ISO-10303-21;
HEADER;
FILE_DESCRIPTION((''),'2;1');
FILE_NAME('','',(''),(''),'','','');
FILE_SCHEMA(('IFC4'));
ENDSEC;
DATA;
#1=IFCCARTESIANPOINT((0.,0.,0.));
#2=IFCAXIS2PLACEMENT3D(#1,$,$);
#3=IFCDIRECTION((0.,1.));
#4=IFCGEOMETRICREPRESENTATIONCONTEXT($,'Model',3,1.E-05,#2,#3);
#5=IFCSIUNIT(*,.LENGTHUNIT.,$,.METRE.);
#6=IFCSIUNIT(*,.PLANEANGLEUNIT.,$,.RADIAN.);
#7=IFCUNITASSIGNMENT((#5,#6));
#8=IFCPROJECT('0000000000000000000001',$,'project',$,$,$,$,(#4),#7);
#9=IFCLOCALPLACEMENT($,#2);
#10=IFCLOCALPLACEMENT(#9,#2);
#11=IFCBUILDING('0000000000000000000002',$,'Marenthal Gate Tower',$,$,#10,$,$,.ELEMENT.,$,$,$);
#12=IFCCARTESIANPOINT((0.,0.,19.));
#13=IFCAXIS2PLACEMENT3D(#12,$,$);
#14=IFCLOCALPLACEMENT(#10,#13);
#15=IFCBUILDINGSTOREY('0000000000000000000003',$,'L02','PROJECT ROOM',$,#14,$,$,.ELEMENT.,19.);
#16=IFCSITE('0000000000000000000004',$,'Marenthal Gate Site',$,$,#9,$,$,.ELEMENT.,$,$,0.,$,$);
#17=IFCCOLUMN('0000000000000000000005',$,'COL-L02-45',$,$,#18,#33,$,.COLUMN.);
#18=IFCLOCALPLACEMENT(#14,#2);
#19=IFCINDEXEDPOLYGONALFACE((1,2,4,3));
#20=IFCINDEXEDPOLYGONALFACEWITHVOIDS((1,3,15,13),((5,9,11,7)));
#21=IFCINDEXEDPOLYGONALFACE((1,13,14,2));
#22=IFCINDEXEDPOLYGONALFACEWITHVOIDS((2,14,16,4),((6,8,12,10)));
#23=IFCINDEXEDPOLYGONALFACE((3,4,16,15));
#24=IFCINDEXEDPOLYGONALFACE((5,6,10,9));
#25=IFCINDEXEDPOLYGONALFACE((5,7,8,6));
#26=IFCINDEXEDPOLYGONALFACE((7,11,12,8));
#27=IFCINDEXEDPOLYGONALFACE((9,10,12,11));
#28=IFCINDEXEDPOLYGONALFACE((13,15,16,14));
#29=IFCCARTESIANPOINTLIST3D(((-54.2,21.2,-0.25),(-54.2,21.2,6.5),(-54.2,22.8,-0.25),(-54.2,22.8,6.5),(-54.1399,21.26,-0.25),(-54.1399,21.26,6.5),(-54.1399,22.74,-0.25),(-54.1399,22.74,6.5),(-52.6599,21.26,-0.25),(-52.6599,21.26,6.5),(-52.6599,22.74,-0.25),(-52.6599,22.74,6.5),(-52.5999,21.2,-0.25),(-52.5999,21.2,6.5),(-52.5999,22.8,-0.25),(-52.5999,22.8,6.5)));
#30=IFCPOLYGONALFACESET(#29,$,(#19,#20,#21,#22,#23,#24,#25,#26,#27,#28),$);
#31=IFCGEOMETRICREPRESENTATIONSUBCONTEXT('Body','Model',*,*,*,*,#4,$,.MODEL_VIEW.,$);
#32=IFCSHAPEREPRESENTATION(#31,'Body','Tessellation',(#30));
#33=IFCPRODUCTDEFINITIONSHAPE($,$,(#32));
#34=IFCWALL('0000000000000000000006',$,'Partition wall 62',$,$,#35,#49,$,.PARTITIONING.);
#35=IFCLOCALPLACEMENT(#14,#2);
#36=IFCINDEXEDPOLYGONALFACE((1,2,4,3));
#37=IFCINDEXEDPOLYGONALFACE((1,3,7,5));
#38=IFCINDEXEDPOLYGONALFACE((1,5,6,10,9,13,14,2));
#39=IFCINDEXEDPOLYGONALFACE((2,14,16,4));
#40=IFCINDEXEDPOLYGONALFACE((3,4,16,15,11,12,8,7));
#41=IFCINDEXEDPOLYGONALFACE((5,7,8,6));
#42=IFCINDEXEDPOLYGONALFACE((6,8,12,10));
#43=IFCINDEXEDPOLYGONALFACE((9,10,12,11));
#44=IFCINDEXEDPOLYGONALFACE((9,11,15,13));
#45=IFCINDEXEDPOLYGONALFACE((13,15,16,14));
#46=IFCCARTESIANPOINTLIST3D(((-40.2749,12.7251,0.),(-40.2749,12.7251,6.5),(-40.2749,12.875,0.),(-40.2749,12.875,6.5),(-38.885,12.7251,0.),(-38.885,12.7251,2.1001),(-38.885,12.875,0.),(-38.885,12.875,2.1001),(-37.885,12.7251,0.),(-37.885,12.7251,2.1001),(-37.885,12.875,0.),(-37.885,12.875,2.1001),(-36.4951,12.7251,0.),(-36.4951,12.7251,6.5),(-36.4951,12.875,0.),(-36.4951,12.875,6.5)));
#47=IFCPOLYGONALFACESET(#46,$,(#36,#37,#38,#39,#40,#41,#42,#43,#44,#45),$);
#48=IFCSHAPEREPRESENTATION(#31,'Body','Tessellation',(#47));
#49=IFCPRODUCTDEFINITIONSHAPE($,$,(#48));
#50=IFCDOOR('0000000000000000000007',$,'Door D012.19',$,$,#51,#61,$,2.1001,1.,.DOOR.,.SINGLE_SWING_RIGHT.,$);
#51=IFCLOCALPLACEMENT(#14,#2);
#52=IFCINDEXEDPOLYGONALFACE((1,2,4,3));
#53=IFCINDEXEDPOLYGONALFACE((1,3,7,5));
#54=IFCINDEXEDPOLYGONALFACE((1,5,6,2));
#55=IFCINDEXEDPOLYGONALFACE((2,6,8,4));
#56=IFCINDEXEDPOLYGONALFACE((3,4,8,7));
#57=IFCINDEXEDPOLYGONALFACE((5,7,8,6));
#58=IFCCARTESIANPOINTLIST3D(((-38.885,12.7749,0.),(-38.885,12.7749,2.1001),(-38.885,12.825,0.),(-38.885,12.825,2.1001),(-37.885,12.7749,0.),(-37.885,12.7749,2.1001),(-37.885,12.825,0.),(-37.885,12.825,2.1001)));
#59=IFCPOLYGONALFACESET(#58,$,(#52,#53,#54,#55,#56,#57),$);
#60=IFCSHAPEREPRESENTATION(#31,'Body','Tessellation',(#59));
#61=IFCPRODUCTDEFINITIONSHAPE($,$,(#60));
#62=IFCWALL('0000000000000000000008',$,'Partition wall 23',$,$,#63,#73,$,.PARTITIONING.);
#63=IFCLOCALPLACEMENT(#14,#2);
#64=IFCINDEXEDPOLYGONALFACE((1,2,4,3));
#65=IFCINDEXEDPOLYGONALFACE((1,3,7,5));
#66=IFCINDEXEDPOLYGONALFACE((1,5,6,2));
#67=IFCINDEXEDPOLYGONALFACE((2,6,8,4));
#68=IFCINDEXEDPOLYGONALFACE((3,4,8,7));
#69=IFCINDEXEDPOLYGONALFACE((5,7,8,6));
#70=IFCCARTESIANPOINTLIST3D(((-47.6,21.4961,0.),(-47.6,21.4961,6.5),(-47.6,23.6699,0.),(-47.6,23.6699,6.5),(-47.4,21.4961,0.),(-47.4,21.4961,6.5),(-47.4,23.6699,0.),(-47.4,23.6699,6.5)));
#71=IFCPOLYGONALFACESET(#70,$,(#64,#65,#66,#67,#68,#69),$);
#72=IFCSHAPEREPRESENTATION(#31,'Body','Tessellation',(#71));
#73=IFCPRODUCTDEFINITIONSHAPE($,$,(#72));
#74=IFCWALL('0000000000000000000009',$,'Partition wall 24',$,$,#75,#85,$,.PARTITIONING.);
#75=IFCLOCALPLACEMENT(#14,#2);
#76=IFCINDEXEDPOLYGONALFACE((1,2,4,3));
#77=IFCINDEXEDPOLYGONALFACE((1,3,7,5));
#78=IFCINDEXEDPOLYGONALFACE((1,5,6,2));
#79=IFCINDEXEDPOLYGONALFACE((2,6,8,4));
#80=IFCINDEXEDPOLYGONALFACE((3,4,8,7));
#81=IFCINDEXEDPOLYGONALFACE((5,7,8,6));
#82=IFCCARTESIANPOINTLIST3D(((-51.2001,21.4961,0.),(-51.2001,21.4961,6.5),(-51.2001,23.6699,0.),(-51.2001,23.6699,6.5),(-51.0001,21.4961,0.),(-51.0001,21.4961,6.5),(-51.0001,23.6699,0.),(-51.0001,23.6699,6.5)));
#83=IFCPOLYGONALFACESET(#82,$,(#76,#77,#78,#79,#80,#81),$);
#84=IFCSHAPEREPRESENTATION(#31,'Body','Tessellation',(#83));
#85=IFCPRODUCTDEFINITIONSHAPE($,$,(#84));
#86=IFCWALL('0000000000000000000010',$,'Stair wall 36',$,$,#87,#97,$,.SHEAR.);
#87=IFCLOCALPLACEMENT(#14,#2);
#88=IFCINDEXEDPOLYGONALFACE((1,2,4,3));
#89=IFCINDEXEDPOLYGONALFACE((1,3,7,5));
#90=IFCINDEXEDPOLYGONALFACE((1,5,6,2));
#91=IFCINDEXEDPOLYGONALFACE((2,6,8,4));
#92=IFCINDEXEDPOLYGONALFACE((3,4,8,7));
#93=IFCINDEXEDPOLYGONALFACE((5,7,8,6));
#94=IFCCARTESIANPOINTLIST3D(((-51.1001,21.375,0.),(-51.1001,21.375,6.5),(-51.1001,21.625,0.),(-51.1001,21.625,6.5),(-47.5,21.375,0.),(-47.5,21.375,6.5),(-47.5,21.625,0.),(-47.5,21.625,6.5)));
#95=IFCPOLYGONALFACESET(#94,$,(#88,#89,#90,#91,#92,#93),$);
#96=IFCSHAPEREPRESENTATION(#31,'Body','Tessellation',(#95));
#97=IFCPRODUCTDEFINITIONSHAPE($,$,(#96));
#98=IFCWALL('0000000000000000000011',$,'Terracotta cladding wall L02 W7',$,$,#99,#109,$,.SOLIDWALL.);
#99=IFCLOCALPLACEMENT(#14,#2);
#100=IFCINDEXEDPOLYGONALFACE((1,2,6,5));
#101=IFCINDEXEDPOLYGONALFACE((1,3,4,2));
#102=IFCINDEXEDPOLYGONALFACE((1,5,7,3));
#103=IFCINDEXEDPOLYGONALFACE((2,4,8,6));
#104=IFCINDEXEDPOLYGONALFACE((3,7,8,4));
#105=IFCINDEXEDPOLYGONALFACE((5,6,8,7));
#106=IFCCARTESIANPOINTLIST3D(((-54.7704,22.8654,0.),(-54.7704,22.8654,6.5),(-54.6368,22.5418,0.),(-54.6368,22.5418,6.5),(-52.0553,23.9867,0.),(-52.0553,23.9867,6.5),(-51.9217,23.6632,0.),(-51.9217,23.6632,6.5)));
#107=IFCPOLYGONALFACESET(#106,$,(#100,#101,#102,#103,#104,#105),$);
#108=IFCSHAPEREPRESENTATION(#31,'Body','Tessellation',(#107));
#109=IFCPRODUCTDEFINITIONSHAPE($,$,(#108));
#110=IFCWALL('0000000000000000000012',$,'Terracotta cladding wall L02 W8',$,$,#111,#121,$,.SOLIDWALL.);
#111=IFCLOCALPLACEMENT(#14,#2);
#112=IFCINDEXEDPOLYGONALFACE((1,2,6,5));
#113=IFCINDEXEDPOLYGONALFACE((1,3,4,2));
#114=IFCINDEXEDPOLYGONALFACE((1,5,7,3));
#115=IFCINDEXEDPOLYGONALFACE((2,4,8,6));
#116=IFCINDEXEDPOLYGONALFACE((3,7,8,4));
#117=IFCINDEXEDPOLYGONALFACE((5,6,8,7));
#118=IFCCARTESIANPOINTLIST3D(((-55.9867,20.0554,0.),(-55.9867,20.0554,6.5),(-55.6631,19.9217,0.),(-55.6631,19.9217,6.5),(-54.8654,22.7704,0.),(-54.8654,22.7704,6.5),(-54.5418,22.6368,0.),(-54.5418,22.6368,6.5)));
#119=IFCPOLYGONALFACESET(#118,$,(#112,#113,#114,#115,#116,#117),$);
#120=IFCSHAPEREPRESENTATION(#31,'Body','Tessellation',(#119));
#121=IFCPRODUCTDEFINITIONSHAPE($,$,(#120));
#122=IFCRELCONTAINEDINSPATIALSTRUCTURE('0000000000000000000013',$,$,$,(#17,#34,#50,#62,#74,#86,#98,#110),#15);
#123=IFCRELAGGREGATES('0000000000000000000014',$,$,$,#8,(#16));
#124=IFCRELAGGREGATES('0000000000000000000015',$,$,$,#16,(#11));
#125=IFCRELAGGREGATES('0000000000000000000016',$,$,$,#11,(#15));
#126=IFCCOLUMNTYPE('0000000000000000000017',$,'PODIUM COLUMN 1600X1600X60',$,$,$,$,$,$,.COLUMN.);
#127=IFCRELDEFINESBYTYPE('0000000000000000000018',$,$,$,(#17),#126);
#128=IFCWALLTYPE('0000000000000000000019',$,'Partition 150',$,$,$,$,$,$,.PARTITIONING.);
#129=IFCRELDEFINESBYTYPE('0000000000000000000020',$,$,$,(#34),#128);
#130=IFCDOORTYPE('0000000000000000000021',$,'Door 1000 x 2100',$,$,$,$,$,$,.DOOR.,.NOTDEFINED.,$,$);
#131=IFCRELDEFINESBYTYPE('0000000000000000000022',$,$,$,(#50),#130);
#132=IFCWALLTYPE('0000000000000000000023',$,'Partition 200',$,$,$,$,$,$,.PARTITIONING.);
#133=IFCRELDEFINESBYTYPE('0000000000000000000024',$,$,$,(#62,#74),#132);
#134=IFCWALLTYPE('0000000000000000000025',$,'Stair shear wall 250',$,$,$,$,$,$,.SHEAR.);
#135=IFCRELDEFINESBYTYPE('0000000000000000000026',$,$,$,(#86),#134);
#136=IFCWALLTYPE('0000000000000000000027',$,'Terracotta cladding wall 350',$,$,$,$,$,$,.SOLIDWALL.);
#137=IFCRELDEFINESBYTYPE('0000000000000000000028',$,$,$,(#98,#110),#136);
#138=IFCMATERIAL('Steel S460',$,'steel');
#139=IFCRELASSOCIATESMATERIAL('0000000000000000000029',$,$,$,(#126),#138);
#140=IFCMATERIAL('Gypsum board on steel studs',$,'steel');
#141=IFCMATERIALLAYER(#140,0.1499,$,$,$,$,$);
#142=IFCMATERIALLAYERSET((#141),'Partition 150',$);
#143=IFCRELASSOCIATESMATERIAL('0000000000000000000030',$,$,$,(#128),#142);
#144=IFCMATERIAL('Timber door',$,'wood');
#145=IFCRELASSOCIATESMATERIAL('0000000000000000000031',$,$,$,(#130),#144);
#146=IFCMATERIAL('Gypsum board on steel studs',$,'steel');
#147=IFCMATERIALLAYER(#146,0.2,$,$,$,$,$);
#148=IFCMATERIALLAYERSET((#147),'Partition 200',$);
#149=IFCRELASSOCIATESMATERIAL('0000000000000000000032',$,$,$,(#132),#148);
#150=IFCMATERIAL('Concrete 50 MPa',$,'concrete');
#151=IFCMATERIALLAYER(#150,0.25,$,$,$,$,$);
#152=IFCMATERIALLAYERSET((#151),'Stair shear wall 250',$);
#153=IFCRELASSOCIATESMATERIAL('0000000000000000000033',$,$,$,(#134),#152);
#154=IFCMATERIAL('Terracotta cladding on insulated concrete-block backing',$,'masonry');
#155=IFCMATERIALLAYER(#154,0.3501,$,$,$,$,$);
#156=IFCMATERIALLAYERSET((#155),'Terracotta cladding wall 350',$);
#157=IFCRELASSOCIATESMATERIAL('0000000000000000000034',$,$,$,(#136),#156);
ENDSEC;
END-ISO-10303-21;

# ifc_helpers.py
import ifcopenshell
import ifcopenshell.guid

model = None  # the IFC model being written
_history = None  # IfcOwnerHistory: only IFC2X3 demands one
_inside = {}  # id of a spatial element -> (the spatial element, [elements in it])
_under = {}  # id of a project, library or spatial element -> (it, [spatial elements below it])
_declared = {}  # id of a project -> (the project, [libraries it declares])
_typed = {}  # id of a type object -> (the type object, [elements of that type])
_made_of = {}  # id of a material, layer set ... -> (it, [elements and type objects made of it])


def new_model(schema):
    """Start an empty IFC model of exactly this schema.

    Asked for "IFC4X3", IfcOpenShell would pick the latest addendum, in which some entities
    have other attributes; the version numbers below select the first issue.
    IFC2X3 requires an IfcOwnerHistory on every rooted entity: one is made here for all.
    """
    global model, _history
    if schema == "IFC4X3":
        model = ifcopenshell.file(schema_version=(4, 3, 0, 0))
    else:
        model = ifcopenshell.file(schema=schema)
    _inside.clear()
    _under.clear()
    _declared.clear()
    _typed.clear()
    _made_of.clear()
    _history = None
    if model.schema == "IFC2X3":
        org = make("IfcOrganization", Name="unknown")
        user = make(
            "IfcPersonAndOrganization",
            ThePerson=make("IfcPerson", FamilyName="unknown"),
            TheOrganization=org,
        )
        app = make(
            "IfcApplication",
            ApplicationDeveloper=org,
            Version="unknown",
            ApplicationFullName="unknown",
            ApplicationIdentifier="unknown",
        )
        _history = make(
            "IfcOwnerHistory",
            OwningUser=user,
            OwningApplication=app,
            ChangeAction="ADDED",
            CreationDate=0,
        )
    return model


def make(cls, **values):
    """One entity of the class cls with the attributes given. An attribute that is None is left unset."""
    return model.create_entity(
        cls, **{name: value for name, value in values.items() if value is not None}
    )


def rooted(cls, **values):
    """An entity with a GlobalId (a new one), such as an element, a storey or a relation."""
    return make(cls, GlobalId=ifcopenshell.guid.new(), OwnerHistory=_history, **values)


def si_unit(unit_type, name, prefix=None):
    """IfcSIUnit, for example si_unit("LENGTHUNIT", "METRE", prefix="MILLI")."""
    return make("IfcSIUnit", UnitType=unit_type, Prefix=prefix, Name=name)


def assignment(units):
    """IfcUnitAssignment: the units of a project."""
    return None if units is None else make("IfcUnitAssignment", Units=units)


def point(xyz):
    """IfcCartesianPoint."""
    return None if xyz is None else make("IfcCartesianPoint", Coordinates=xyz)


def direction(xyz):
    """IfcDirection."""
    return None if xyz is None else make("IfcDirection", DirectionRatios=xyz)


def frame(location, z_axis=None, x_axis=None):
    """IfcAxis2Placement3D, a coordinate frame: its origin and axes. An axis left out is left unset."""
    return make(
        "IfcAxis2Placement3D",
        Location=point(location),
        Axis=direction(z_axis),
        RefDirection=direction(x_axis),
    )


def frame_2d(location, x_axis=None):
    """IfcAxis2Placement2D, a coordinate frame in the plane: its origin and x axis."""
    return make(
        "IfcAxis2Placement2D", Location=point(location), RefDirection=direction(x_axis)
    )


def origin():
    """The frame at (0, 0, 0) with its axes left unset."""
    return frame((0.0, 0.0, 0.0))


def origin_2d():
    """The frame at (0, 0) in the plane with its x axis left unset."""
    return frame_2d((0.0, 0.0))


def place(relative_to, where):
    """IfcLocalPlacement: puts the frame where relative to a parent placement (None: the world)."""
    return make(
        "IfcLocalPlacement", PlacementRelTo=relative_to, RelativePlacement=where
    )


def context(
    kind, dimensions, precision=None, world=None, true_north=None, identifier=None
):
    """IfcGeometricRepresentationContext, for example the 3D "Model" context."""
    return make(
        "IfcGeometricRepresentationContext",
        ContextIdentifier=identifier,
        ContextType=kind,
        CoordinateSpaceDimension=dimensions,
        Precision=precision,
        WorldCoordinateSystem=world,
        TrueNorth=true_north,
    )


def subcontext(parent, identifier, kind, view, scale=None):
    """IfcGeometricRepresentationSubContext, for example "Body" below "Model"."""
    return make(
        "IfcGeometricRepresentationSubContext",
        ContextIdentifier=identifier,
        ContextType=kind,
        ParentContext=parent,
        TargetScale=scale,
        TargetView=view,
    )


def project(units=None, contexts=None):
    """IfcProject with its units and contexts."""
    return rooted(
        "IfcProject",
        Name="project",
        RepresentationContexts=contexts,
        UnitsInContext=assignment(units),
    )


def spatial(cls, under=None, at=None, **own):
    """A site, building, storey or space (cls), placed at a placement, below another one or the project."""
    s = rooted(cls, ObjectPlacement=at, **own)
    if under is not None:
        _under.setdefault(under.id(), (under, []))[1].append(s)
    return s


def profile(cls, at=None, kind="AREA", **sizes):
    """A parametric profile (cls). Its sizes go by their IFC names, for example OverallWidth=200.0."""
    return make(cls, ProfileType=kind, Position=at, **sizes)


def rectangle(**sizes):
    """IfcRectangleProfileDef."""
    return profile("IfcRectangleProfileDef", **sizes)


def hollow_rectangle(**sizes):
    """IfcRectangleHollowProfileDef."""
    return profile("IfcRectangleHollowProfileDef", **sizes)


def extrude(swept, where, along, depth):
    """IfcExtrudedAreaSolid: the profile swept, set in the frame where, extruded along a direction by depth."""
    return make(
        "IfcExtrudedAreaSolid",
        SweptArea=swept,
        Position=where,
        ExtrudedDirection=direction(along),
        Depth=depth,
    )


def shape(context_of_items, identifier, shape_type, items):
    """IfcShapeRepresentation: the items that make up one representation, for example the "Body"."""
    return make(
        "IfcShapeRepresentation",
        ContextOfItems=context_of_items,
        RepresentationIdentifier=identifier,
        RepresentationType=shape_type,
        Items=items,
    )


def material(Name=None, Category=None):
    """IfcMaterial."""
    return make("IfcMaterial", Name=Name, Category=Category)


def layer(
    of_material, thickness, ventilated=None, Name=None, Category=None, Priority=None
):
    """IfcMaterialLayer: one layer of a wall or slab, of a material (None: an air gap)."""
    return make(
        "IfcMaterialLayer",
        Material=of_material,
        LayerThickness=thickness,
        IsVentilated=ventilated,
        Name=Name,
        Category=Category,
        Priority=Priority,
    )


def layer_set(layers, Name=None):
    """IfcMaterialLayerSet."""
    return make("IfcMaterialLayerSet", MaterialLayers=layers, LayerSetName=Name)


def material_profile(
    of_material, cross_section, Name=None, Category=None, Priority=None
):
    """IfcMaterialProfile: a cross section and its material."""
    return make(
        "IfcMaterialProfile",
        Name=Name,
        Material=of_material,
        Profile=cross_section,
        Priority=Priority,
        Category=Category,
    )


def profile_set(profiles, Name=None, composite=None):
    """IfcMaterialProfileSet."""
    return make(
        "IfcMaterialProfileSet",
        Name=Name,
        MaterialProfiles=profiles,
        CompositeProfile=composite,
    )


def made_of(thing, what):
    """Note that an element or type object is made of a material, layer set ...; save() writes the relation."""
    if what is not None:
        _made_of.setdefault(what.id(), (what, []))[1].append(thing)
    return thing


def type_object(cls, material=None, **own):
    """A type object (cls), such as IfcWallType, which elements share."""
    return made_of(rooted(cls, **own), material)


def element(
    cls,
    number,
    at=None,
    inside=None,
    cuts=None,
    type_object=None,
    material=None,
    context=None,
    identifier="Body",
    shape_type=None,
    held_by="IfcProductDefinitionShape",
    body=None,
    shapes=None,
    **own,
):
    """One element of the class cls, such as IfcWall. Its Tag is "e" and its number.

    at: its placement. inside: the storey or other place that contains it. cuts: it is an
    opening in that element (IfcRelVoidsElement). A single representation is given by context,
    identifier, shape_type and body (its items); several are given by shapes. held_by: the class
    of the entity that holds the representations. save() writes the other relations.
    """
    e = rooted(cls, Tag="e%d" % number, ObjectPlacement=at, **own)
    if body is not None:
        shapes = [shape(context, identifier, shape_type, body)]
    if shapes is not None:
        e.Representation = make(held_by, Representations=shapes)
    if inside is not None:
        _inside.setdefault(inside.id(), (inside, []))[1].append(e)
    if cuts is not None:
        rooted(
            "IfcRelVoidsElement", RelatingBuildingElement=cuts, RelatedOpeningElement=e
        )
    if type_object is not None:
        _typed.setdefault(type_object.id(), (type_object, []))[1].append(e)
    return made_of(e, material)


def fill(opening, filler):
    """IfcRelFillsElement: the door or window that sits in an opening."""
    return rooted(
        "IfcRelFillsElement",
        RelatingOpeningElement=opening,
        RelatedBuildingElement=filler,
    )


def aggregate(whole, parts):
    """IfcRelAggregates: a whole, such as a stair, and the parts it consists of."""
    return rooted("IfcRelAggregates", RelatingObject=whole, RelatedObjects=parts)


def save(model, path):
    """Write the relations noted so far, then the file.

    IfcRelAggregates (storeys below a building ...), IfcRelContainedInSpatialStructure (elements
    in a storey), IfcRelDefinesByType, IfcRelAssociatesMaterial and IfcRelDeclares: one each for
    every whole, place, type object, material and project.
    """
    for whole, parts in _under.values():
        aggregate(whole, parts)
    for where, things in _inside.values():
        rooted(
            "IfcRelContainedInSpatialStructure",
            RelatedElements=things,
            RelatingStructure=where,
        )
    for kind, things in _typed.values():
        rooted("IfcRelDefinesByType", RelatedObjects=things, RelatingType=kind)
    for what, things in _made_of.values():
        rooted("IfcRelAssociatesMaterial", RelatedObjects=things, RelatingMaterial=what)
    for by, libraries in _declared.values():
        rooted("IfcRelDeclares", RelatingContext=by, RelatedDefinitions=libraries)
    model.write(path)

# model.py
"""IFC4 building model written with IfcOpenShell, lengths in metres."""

from ifc_helpers import new_model, si_unit, direction, frame, frame_2d, origin, origin_2d, place, context, subcontext, project, spatial, rectangle, hollow_rectangle, extrude, material, layer, layer_set, material_profile, profile_set, type_object, element, fill, save


model = new_model("IFC4")

# Units and contexts
model_context = context("Model", 3, precision=1e-05, world=origin(), true_north=direction((0.0, 1.0)))
body_context = subcontext(model_context, "Body", "Model", "MODEL_VIEW")
ifc_project = project(units=[si_unit("LENGTHUNIT", "METRE"), si_unit("PLANEANGLEUNIT", "RADIAN")], contexts=[model_context])

# Site, building, storey
site_placement = place(None, origin())
site = spatial("IfcSite", under=ifc_project, at=site_placement, Name="Marenthal Gate Site", CompositionType="ELEMENT", RefElevation=0.0)
building_placement = place(site_placement, origin())
building = spatial("IfcBuilding", under=site, at=building_placement, Name="Marenthal Gate Tower", CompositionType="ELEMENT")
storey_placement = place(building_placement, frame((0.0, 0.0, 19.0)))
storey = spatial("IfcBuildingStorey", under=building, at=storey_placement, Name="L02", Description="PROJECT ROOM", CompositionType="ELEMENT", Elevation=19.0)

# Column
ifc_material_1 = material(Name="Steel S460", Category="steel")
ifc_material_profile_1 = material_profile(ifc_material_1, hollow_rectangle(XDim=1.6001, YDim=1.6001, WallThickness=0.0601, at=origin_2d()), Name="CFT BOX 1600X1600X60")
ifc_material_2 = material(Name="Concrete 70 MPa", Category="concrete")
ifc_material_profile_2 = material_profile(ifc_material_2, rectangle(XDim=1.48, YDim=1.48, at=origin_2d()), Name="CFT BOX 1600X1600X60 INFILL")
ifc_profile_set = profile_set([ifc_material_profile_1, ifc_material_profile_2], Name="Steel S460 shell, Concrete 70 MPa infill")
column_type = type_object("IfcColumnType", Name="PODIUM COLUMN 1600X1600X60", PredefinedType="COLUMN", material=ifc_profile_set)
column_placement = place(storey_placement, frame((-53.3999, 22.0, -0.25), z_axis=(0.0, 0.0, 1.0), x_axis=(1.0, 0.0, 0.0)))
element("IfcColumn", 1, at=column_placement, inside=storey, type_object=column_type, Name="COL-L02-45", PredefinedType="COLUMN", context=body_context, shape_type="SweptSolid", body=[
    extrude(hollow_rectangle(XDim=1.6001, YDim=1.6001, WallThickness=0.0601, at=origin_2d()), origin(), (0.0, 0.0, 1.0), 6.75),
])

# Wall, opening, door
ifc_material_3 = material(Name="Gypsum board on steel studs", Category="steel")
ifc_layer_1 = layer(ifc_material_3, 0.1499)
ifc_layer_set_1 = layer_set([ifc_layer_1], Name="Partition 150")
wall_type_1 = type_object("IfcWallType", Name="Partition 150", PredefinedType="PARTITIONING", material=ifc_layer_set_1)
wall_1_placement = place(storey_placement, frame((-40.2749, 12.8, 0.0), z_axis=(0.0, 0.0, 1.0), x_axis=(1.0, 0.0, 0.0)))
wall_1 = element("IfcWall", 2, at=wall_1_placement, inside=storey, type_object=wall_type_1, Name="Partition wall 62", PredefinedType="PARTITIONING", context=body_context, shape_type="SweptSolid", body=[
    extrude(rectangle(XDim=3.7798, YDim=0.1499, at=frame_2d((1.8899, 0.0))), origin(), (0.0, 0.0, 1.0), 6.5),
])
opening_1_placement = place(wall_1_placement, frame((1.3899, 0.0, 0.0)))
opening_1 = element("IfcOpeningElement", 3, at=opening_1_placement, cuts=wall_1, PredefinedType="OPENING", context=body_context, shape_type="SweptSolid", body=[
    extrude(rectangle(XDim=1.0, YDim=2.1001, at=frame_2d((0.5, 1.05))), frame((0.0, 0.085, 0.0), z_axis=(0.0, -1.0, 0.0), x_axis=(1.0, 0.0, 0.0)), (0.0, 0.0, 1.0), 0.1699),
])
ifc_material_4 = material(Name="Timber door", Category="wood")
door_type = type_object("IfcDoorType", Name="Door 1000 x 2100", OperationType="NOTDEFINED", PredefinedType="DOOR", material=ifc_material_4)
door_placement = place(opening_1_placement, origin())
door = element("IfcDoor", 4, at=door_placement, inside=storey, type_object=door_type, Name="Door D012.19", OperationType="SINGLE_SWING_RIGHT", OverallHeight=2.1001, OverallWidth=1.0, PredefinedType="DOOR", context=body_context, shape_type="SweptSolid", body=[
    extrude(rectangle(XDim=1.0, YDim=2.1001, at=frame_2d((0.5, 1.05))), frame((0.0, 0.0249, 0.0), z_axis=(0.0, -1.0, 0.0), x_axis=(1.0, 0.0, 0.0)), (0.0, 0.0, 1.0), 0.05),
])
fill(opening_1, door)

# Walls
ifc_material_5 = material(Name="Gypsum board on steel studs", Category="steel")
ifc_layer_2 = layer(ifc_material_5, 0.2)
ifc_layer_set_2 = layer_set([ifc_layer_2], Name="Partition 200")
wall_type_2 = type_object("IfcWallType", Name="Partition 200", PredefinedType="PARTITIONING", material=ifc_layer_set_2)
for number, where, z_axis, x_axis, name in (
    (5, (-47.5, 21.4961, 0.0), (0.0, 0.0, 1.0), (0.0, 1.0, 0.0), "Partition wall 23"),
    (6, (-51.1001, 21.4961, 0.0), (0.0, 0.0, 1.0), (0.0, 1.0, 0.0), "Partition wall 24"),
):
    element("IfcWall", number, at=place(storey_placement, frame(where, z_axis=z_axis, x_axis=x_axis)), inside=storey, type_object=wall_type_2, Name=name, PredefinedType="PARTITIONING", context=body_context, shape_type="SweptSolid", body=[
        extrude(rectangle(XDim=2.1738, YDim=0.2, at=frame_2d((1.0869, 0.0))), origin(), (0.0, 0.0, 1.0), 6.5),
    ])
ifc_material_6 = material(Name="Concrete 50 MPa", Category="concrete")
ifc_layer_3 = layer(ifc_material_6, 0.25)
ifc_layer_set_3 = layer_set([ifc_layer_3], Name="Stair shear wall 250")
wall_type_3 = type_object("IfcWallType", Name="Stair shear wall 250", PredefinedType="SHEAR", material=ifc_layer_set_3)
wall_2_placement = place(storey_placement, frame((-51.1001, 21.5, 0.0), z_axis=(0.0, 0.0, 1.0), x_axis=(1.0, 0.0, 0.0)))
element("IfcWall", 7, at=wall_2_placement, inside=storey, type_object=wall_type_3, Name="Stair wall 36", PredefinedType="SHEAR", context=body_context, shape_type="SweptSolid", body=[
    extrude(rectangle(XDim=3.6001, YDim=0.25, at=frame_2d((1.8, 0.0))), origin(), (0.0, 0.0, 1.0), 6.5),
])
ifc_material_7 = material(Name="Terracotta cladding on insulated concrete-block backing", Category="masonry")
ifc_layer_4 = layer(ifc_material_7, 0.3501)
ifc_layer_set_4 = layer_set([ifc_layer_4], Name="Terracotta cladding wall 350")
wall_type_4 = type_object("IfcWallType", Name="Terracotta cladding wall 350", PredefinedType="SOLIDWALL", material=ifc_layer_set_4)
for number, where, z_axis, x_axis, name in (
    (8, (-51.9885, 23.825, 0.0), (0.0, 0.0, 1.0), (-0.924275, -0.381728, 0.0), "Terracotta cladding wall L02 W7"),
    (9, (-54.7036, 22.7036, 0.0), (0.0, 0.0, 1.0), (-0.381728, -0.924275, 0.0), "Terracotta cladding wall L02 W8"),
):
    element("IfcWall", number, at=place(storey_placement, frame(where, z_axis=z_axis, x_axis=x_axis)), inside=storey, type_object=wall_type_4, Name=name, PredefinedType="SOLIDWALL", context=body_context, shape_type="SweptSolid", body=[
        extrude(rectangle(XDim=2.9375, YDim=0.3501, at=frame_2d((1.4688, 0.0))), origin(), (0.0, 0.0, 1.0), 6.5),
    ])

save(model, "model.ifc")
